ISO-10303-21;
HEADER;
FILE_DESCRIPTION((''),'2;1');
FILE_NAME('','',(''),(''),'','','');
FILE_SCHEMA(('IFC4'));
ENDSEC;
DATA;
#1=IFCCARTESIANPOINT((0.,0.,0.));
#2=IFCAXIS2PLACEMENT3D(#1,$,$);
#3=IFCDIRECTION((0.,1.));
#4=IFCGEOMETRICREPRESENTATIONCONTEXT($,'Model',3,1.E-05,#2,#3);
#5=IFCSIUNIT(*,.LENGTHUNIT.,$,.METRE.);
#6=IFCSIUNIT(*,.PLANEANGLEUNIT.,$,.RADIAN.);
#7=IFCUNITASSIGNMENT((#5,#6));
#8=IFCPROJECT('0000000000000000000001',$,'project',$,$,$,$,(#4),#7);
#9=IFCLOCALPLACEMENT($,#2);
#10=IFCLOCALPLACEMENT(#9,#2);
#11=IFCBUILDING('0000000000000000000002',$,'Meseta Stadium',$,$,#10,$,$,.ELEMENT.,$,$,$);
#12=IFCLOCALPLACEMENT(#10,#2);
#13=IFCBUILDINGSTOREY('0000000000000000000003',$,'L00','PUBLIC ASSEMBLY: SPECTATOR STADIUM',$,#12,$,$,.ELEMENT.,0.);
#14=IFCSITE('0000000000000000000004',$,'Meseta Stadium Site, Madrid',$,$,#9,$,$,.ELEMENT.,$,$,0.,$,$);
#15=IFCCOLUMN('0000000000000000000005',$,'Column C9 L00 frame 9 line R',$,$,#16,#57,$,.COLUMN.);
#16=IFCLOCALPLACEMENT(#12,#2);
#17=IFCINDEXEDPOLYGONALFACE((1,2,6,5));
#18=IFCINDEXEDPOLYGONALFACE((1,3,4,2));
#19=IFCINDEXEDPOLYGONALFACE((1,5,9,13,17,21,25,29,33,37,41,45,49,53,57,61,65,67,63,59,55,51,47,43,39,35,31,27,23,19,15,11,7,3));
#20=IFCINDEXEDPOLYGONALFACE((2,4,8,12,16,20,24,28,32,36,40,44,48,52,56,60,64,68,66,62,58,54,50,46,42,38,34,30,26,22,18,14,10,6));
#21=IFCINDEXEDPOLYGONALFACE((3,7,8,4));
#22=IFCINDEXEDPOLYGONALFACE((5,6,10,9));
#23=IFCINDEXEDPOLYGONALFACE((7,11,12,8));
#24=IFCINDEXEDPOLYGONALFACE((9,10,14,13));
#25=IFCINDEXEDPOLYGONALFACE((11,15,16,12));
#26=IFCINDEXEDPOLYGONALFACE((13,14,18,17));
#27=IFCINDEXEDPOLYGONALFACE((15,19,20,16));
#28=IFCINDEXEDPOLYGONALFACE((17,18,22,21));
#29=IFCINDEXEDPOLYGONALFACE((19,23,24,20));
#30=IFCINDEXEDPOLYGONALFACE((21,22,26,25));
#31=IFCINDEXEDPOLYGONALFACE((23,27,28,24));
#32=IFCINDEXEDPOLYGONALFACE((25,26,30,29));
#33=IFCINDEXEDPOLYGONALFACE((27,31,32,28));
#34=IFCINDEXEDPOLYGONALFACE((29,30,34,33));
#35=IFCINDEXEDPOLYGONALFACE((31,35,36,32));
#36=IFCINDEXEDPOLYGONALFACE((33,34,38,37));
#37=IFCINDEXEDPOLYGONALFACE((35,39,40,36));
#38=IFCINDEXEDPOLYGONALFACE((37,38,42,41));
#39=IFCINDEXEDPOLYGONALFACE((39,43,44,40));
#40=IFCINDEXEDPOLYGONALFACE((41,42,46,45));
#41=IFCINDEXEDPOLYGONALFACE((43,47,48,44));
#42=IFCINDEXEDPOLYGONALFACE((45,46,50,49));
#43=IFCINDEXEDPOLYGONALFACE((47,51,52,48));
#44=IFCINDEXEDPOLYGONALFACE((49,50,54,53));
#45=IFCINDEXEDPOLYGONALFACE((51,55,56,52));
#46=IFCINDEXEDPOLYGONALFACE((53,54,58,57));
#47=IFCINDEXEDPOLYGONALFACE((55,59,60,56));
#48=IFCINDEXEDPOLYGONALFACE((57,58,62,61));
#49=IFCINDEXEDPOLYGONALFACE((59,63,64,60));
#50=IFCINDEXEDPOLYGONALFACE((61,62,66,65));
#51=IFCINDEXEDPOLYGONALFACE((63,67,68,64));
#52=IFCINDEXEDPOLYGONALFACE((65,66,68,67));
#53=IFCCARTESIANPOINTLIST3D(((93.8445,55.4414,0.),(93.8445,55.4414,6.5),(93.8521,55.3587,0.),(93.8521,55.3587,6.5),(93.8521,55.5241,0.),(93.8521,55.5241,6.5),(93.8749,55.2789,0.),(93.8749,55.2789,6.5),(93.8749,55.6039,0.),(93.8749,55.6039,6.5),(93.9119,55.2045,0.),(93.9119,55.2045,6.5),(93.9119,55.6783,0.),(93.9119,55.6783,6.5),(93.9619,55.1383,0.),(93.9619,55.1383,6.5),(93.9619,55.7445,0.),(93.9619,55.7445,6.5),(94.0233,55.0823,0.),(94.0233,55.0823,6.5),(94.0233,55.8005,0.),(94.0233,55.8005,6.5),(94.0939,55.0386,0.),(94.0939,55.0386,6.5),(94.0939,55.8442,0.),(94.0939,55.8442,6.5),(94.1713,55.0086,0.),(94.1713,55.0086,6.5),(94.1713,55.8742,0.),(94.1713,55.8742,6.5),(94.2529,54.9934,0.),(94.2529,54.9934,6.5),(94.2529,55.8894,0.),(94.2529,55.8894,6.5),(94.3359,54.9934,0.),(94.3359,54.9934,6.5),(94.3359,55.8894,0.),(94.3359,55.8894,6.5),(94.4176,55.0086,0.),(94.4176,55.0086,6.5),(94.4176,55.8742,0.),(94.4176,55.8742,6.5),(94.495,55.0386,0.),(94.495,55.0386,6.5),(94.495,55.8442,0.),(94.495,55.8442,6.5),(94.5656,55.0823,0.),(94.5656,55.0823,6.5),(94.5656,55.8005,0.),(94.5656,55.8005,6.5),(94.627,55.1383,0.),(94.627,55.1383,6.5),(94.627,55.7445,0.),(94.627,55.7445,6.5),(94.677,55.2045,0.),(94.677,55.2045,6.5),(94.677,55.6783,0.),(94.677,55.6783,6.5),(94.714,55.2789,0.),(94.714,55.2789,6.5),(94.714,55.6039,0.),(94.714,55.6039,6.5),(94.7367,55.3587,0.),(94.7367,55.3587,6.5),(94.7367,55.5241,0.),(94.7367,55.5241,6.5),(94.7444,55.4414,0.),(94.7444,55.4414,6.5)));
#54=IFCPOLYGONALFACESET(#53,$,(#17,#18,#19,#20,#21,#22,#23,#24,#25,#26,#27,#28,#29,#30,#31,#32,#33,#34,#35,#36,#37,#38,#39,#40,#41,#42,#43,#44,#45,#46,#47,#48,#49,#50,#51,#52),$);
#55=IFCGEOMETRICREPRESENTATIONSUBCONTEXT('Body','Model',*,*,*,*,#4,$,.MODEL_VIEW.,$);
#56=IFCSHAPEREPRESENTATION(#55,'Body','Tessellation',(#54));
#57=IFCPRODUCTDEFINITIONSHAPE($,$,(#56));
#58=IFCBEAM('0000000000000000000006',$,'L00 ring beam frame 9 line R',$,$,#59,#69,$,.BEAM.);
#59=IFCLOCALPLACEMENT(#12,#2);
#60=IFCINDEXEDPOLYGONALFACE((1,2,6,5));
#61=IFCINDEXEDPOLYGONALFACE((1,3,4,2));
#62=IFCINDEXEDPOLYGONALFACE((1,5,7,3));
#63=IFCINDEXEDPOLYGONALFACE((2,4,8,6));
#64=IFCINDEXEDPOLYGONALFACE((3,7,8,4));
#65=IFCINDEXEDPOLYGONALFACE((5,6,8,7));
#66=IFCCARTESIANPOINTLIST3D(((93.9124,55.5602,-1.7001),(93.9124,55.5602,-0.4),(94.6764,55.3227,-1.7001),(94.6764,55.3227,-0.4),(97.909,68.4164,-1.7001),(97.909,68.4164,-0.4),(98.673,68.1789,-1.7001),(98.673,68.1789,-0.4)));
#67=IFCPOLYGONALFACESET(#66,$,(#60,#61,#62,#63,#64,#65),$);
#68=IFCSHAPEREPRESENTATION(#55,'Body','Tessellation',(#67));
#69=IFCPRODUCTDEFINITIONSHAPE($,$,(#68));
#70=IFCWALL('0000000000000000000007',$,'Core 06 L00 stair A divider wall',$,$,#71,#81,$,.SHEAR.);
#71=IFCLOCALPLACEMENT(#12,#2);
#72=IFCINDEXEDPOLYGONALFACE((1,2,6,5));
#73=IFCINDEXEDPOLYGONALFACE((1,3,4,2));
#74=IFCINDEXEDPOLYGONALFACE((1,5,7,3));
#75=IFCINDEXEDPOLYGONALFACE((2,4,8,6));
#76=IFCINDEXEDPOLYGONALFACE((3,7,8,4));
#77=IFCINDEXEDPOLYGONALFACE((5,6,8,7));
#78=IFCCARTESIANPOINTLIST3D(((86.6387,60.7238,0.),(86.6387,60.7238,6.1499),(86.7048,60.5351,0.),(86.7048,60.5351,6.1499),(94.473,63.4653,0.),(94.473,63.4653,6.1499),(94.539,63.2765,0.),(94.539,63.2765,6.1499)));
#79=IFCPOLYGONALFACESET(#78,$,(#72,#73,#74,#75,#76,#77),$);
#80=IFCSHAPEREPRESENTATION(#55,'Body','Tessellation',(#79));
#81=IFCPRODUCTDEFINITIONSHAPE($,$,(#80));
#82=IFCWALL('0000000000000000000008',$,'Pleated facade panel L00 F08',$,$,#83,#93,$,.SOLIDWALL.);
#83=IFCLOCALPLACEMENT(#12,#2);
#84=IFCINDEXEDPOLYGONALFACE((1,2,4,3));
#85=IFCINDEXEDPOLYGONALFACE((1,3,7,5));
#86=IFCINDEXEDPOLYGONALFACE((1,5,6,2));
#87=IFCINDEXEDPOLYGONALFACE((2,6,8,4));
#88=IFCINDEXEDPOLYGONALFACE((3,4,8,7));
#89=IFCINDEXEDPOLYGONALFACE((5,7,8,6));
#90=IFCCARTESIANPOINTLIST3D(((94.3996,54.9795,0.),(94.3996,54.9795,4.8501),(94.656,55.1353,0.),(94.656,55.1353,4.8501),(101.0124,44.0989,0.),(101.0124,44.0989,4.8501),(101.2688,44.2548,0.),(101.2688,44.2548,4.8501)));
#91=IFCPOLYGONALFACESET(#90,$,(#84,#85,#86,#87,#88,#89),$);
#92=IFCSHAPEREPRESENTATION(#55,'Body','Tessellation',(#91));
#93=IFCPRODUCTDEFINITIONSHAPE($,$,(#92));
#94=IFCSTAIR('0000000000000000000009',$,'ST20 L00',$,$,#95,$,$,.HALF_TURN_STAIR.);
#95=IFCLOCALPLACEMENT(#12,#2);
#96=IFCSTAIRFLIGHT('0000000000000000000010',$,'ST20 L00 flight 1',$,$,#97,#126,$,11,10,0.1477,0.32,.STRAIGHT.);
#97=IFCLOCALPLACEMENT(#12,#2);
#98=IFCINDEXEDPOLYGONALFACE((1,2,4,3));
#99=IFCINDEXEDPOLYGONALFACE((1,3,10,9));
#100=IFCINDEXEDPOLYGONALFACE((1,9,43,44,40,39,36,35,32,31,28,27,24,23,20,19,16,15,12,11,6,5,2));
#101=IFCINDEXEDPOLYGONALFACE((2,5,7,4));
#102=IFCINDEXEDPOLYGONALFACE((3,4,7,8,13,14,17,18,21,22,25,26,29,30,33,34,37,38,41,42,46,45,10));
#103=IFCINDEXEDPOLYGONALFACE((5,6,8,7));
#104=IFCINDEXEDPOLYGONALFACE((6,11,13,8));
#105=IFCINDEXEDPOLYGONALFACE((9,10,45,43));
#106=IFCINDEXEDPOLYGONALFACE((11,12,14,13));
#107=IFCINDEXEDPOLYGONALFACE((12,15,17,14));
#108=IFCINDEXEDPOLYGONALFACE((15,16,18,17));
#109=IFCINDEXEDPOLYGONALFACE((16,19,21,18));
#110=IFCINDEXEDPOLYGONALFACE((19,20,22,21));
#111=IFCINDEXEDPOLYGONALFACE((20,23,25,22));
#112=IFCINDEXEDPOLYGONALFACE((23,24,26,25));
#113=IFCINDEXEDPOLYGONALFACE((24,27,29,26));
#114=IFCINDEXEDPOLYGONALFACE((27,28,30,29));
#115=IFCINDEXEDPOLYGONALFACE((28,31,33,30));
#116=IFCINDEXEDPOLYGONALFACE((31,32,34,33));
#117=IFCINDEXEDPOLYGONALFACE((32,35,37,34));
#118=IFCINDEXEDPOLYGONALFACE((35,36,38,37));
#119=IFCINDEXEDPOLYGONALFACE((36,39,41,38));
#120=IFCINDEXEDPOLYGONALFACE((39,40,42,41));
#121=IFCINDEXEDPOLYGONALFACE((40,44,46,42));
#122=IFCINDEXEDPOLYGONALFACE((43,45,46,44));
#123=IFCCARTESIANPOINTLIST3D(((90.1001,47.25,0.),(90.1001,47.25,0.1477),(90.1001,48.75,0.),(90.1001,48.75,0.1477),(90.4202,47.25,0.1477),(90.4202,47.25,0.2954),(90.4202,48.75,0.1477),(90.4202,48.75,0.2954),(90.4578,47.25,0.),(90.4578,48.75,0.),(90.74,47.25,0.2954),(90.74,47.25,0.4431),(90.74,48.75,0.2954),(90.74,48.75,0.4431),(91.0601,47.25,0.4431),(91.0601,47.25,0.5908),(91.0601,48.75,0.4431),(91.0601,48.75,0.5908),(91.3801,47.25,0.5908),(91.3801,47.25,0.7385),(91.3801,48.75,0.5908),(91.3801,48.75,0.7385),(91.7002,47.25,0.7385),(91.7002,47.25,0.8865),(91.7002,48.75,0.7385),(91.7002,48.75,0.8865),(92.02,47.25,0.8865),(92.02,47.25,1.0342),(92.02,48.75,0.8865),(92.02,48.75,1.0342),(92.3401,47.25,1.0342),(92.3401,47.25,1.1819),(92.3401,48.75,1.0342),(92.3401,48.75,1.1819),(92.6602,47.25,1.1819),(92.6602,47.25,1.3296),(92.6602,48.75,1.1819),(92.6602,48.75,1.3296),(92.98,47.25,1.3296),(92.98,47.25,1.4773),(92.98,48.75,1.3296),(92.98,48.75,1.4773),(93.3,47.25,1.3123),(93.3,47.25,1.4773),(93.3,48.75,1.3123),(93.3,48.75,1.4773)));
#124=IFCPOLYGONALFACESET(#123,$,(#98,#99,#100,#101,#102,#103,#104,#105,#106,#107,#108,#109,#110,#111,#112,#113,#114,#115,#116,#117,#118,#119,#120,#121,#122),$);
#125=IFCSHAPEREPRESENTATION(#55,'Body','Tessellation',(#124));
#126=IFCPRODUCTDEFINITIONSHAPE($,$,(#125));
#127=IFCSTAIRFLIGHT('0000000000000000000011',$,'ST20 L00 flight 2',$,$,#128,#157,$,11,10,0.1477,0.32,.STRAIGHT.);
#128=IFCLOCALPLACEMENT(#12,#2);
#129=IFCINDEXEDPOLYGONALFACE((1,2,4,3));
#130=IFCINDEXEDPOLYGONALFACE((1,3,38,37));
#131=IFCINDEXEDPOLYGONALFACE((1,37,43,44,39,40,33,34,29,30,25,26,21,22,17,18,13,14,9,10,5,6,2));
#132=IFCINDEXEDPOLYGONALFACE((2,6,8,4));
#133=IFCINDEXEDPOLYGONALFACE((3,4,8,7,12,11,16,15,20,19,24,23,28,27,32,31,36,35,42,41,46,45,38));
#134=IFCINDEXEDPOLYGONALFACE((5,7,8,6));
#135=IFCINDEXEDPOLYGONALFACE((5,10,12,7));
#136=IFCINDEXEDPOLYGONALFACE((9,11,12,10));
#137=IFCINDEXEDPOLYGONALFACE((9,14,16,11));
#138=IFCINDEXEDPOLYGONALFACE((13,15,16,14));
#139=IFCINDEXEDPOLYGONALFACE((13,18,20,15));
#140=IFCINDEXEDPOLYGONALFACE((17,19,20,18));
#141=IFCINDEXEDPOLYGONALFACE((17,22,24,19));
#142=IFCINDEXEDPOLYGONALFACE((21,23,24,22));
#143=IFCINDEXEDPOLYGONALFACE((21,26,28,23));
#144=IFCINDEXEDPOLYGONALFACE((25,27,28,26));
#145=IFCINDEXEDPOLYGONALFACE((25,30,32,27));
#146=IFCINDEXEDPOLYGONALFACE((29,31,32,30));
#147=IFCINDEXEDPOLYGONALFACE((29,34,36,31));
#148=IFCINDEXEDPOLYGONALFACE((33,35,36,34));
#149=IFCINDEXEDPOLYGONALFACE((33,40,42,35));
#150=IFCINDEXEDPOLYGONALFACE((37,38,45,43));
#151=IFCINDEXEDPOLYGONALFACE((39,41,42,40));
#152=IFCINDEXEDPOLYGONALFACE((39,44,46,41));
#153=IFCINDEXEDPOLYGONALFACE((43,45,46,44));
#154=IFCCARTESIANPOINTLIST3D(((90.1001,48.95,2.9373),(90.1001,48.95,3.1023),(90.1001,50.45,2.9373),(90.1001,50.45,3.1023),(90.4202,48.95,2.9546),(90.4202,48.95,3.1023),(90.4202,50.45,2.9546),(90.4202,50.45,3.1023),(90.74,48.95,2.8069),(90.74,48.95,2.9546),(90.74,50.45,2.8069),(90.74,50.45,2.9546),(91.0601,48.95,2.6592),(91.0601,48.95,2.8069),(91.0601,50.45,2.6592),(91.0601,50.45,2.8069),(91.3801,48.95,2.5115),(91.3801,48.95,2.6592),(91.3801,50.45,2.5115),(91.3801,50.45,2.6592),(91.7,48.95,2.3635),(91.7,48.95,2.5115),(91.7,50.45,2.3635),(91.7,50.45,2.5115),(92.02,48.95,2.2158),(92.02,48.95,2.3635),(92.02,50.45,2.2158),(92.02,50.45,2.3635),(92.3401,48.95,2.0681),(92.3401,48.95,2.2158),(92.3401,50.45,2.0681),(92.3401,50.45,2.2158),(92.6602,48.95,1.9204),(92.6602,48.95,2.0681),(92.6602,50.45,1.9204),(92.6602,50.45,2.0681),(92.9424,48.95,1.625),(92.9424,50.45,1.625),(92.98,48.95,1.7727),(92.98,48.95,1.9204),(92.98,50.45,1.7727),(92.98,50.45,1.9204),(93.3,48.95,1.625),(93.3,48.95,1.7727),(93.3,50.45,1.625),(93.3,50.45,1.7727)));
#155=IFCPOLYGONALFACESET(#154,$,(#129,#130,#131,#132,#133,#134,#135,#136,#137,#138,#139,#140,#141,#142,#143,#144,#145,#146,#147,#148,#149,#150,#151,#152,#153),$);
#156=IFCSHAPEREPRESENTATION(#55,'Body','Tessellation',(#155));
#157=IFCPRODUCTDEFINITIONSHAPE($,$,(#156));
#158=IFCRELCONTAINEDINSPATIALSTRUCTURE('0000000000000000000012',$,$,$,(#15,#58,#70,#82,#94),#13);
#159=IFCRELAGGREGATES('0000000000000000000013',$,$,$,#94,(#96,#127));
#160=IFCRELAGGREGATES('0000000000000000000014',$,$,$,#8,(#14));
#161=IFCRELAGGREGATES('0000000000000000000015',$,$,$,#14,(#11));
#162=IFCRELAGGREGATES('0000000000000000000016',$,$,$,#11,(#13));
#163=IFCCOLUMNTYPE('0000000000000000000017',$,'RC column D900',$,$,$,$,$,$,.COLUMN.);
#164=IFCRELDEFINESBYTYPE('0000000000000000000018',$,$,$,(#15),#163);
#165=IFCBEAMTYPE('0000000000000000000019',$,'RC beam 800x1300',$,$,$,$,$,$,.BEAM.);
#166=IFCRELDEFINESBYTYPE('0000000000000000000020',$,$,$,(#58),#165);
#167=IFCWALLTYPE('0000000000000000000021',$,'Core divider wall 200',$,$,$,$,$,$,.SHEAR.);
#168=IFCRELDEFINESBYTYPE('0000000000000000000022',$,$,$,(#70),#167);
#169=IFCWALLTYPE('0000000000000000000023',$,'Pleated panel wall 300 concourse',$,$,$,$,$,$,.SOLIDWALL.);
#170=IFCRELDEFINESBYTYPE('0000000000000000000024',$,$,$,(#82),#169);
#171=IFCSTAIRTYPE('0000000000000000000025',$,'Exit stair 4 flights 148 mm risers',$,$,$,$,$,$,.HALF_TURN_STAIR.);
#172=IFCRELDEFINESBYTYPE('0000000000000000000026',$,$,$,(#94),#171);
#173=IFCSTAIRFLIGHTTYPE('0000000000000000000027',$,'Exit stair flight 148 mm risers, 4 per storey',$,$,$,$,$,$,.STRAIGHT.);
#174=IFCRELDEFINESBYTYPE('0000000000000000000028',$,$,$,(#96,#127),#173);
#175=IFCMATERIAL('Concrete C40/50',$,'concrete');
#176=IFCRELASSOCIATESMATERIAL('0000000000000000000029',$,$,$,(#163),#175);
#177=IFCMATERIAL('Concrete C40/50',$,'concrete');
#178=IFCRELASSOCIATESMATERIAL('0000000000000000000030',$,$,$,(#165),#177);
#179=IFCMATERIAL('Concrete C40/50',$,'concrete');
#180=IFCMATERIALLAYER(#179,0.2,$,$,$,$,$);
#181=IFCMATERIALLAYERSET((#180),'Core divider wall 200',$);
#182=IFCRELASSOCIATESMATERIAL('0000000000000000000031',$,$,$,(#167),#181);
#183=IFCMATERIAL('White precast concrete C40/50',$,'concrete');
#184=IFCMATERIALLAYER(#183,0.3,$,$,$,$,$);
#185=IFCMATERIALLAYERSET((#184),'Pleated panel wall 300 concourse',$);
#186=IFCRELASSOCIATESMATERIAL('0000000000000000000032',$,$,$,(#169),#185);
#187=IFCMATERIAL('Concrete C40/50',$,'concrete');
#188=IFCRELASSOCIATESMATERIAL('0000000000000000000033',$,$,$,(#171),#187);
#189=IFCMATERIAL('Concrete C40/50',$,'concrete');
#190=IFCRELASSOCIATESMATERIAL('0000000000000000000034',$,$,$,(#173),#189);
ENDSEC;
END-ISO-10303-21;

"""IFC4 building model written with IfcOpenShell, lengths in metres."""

from ifc_helpers import new_model, si_unit, direction, frame, frame_2d, origin, origin_2d, place, context, subcontext, project, spatial, polyline, rectangle, circle, outline, extrude, material, layer, layer_set, material_profile, profile_set, type_object, element, aggregate, save


model = new_model("IFC4")

# Units and contexts
model_context = context("Model", 3, precision=1e-05, world=origin(), true_north=direction((0.0, 1.0)))
body_context = subcontext(model_context, "Body", "Model", "MODEL_VIEW")
ifc_project = project(units=[si_unit("LENGTHUNIT", "METRE"), si_unit("PLANEANGLEUNIT", "RADIAN")], contexts=[model_context])

# Site, building, storey
site_placement = place(None, origin())
site = spatial("IfcSite", under=ifc_project, at=site_placement, Name="Meseta Stadium Site, Madrid", CompositionType="ELEMENT", RefElevation=0.0)
building_placement = place(site_placement, origin())
building = spatial("IfcBuilding", under=site, at=building_placement, Name="Meseta Stadium", CompositionType="ELEMENT")
storey_placement = place(building_placement, origin())
storey = spatial("IfcBuildingStorey", under=building, at=storey_placement, Name="L00", Description="PUBLIC ASSEMBLY: SPECTATOR STADIUM", CompositionType="ELEMENT", Elevation=0.0)

# Column
ifc_material_1 = material(Name="Concrete C40/50", Category="concrete")
ifc_material_profile_1 = material_profile(ifc_material_1, circle(Radius=0.45, at=origin_2d()), Name="RC D900")
ifc_profile_set_1 = profile_set([ifc_material_profile_1], Name="Concrete C40/50")
column_type = type_object("IfcColumnType", Name="RC column D900", PredefinedType="COLUMN", material=ifc_profile_set_1)
column_placement = place(storey_placement, frame((94.2944, 55.4414, 0.0), z_axis=(0.0, 0.0, 1.0), x_axis=(1.0, 0.0, 0.0)))
element("IfcColumn", 1, at=column_placement, inside=storey, type_object=column_type, Name="Column C9 L00 frame 9 line R", PredefinedType="COLUMN", context=body_context, shape_type="SweptSolid", body=[
    extrude(circle(Radius=0.45, at=origin_2d()), origin(), (0.0, 0.0, 1.0), 6.5),
])

# Beam
ifc_material_2 = material(Name="Concrete C40/50", Category="concrete")
ifc_material_profile_2 = material_profile(ifc_material_2, rectangle(XDim=0.8, YDim=1.3, at=origin_2d()), Name="RC 800x1300")
ifc_profile_set_2 = profile_set([ifc_material_profile_2], Name="Concrete C40/50")
beam_type = type_object("IfcBeamType", Name="RC beam 800x1300", PredefinedType="BEAM", material=ifc_profile_set_2)
beam_placement = place(storey_placement, frame((94.2944, 55.4414, -1.05), z_axis=(0.296855, 0.954923, 0.0), x_axis=(-0.954923, 0.296855, 0.0)))
element("IfcBeam", 2, at=beam_placement, inside=storey, type_object=beam_type, Name="L00 ring beam frame 9 line R", PredefinedType="BEAM", context=body_context, shape_type="SweptSolid", body=[
    extrude(rectangle(XDim=0.8, YDim=1.3, at=origin_2d()), origin(), (0.0, 0.0, 1.0), 13.4631),
])

# Walls
ifc_material_3 = material(Name="Concrete C40/50", Category="concrete")
ifc_layer_1 = layer(ifc_material_3, 0.2)
ifc_layer_set_1 = layer_set([ifc_layer_1], Name="Core divider wall 200")
wall_type_1 = type_object("IfcWallType", Name="Core divider wall 200", PredefinedType="SHEAR", material=ifc_layer_set_1)
wall_1_placement = place(storey_placement, frame((94.5059, 63.3708, 0.0), z_axis=(0.0, 0.0, 1.0), x_axis=(-0.943878, -0.330294, 0.0)))
element("IfcWall", 3, at=wall_1_placement, inside=storey, type_object=wall_type_1, Name="Core 06 L00 stair A divider wall", PredefinedType="SHEAR", context=body_context, shape_type="SweptSolid", body=[
    extrude(rectangle(XDim=8.3, YDim=0.2, at=frame_2d((4.1499, 0.0))), origin(), (0.0, 0.0, 1.0), 6.1499),
])
ifc_material_4 = material(Name="White precast concrete C40/50", Category="concrete")
ifc_layer_2 = layer(ifc_material_4, 0.3)
ifc_layer_set_2 = layer_set([ifc_layer_2], Name="Pleated panel wall 300 concourse")
wall_type_2 = type_object("IfcWallType", Name="Pleated panel wall 300 concourse", PredefinedType="SOLIDWALL", material=ifc_layer_set_2)
wall_2_placement = place(storey_placement, frame((94.5278, 55.0574, 0.0), z_axis=(0.0, 0.0, 1.0), x_axis=(0.519363, -0.854554, 0.0)))
element("IfcWall", 4, at=wall_2_placement, inside=storey, type_object=wall_type_2, Name="Pleated facade panel L00 F08", PredefinedType="SOLIDWALL", context=body_context, shape_type="SweptSolid", body=[
    extrude(rectangle(XDim=12.7324, YDim=0.3, at=frame_2d((6.3662, 0.0))), origin(), (0.0, 0.0, 1.0), 4.8501),
])

# Stair, stair flights
ifc_material_5 = material(Name="Concrete C40/50", Category="concrete")
stair_type = type_object("IfcStairType", Name="Exit stair 4 flights 148 mm risers", PredefinedType="HALF_TURN_STAIR", material=ifc_material_5)
stair_1_placement = place(storey_placement, origin())
stair_1 = element("IfcStair", 5, at=stair_1_placement, inside=storey, type_object=stair_type, Name="ST20 L00", PredefinedType="HALF_TURN_STAIR")
ifc_material_6 = material(Name="Concrete C40/50", Category="concrete")
stair_flight_type = type_object("IfcStairFlightType", Name="Exit stair flight 148 mm risers, 4 per storey", PredefinedType="STRAIGHT", material=ifc_material_6)
stair_flight_1_placement = place(storey_placement, frame((90.1001, 48.0, 0.0), z_axis=(0.0, 0.0, 1.0), x_axis=(1.0, 0.0, 0.0)))
stair_flight_1 = element("IfcStairFlight", 6, at=stair_flight_1_placement, type_object=stair_flight_type, Name="ST20 L00 flight 1", NumberOfRisers=11, NumberOfTreads=10, PredefinedType="STRAIGHT", RiserHeight=0.1477, TreadLength=0.32, context=body_context, shape_type="SweptSolid", body=[
    extrude(outline(polyline([(0.0, 0.0), (0.0, 0.1477), (0.3201, 0.1477), (0.3201, 0.2954), (0.6399, 0.2954), (0.6399, 0.4431), (0.96, 0.4431), (0.96, 0.5908), (1.28, 0.5908), (1.28, 0.7385), (1.6001, 0.7385), (1.6001, 0.8865), (1.9199, 0.8865), (1.9199, 1.0342), (2.24, 1.0342), (2.24, 1.1819), (2.5601, 1.1819), (2.5601, 1.3296), (2.8799, 1.3296), (2.8799, 1.4773), (3.2, 1.4773), (3.2, 1.3123), (0.3577, 0.0), (0.0, 0.0)])), frame((0.0, 0.75, 0.0), z_axis=(0.0, -1.0, 0.0), x_axis=(1.0, 0.0, 0.0)), (0.0, 0.0, 1.0), 1.5),
])
stair_flight_2_placement = place(storey_placement, frame((93.3, 49.7, 1.625), z_axis=(0.0, 0.0, 1.0), x_axis=(-1.0, 0.0, 0.0)))
stair_flight_2 = element("IfcStairFlight", 7, at=stair_flight_2_placement, type_object=stair_flight_type, Name="ST20 L00 flight 2", NumberOfRisers=11, NumberOfTreads=10, PredefinedType="STRAIGHT", RiserHeight=0.1477, TreadLength=0.32, context=body_context, shape_type="SweptSolid", body=[
    extrude(outline(polyline([(0.0, 0.0), (0.0, 0.1477), (0.3201, 0.1477), (0.3201, 0.2954), (0.6399, 0.2954), (0.6399, 0.4431), (0.96, 0.4431), (0.96, 0.5908), (1.28, 0.5908), (1.28, 0.7385), (1.6001, 0.7385), (1.6001, 0.8865), (1.9199, 0.8865), (1.9199, 1.0342), (2.24, 1.0342), (2.24, 1.1819), (2.5601, 1.1819), (2.5601, 1.3296), (2.8799, 1.3296), (2.8799, 1.4773), (3.2, 1.4773), (3.2, 1.3123), (0.3577, 0.0), (0.0, 0.0)])), frame((0.0, 0.75, 0.0), z_axis=(0.0, -1.0, 0.0), x_axis=(1.0, 0.0, 0.0)), (0.0, 0.0, 1.0), 1.5),
])
aggregate(stair_1, [stair_flight_1, stair_flight_2])

save(model, "model.ifc")
